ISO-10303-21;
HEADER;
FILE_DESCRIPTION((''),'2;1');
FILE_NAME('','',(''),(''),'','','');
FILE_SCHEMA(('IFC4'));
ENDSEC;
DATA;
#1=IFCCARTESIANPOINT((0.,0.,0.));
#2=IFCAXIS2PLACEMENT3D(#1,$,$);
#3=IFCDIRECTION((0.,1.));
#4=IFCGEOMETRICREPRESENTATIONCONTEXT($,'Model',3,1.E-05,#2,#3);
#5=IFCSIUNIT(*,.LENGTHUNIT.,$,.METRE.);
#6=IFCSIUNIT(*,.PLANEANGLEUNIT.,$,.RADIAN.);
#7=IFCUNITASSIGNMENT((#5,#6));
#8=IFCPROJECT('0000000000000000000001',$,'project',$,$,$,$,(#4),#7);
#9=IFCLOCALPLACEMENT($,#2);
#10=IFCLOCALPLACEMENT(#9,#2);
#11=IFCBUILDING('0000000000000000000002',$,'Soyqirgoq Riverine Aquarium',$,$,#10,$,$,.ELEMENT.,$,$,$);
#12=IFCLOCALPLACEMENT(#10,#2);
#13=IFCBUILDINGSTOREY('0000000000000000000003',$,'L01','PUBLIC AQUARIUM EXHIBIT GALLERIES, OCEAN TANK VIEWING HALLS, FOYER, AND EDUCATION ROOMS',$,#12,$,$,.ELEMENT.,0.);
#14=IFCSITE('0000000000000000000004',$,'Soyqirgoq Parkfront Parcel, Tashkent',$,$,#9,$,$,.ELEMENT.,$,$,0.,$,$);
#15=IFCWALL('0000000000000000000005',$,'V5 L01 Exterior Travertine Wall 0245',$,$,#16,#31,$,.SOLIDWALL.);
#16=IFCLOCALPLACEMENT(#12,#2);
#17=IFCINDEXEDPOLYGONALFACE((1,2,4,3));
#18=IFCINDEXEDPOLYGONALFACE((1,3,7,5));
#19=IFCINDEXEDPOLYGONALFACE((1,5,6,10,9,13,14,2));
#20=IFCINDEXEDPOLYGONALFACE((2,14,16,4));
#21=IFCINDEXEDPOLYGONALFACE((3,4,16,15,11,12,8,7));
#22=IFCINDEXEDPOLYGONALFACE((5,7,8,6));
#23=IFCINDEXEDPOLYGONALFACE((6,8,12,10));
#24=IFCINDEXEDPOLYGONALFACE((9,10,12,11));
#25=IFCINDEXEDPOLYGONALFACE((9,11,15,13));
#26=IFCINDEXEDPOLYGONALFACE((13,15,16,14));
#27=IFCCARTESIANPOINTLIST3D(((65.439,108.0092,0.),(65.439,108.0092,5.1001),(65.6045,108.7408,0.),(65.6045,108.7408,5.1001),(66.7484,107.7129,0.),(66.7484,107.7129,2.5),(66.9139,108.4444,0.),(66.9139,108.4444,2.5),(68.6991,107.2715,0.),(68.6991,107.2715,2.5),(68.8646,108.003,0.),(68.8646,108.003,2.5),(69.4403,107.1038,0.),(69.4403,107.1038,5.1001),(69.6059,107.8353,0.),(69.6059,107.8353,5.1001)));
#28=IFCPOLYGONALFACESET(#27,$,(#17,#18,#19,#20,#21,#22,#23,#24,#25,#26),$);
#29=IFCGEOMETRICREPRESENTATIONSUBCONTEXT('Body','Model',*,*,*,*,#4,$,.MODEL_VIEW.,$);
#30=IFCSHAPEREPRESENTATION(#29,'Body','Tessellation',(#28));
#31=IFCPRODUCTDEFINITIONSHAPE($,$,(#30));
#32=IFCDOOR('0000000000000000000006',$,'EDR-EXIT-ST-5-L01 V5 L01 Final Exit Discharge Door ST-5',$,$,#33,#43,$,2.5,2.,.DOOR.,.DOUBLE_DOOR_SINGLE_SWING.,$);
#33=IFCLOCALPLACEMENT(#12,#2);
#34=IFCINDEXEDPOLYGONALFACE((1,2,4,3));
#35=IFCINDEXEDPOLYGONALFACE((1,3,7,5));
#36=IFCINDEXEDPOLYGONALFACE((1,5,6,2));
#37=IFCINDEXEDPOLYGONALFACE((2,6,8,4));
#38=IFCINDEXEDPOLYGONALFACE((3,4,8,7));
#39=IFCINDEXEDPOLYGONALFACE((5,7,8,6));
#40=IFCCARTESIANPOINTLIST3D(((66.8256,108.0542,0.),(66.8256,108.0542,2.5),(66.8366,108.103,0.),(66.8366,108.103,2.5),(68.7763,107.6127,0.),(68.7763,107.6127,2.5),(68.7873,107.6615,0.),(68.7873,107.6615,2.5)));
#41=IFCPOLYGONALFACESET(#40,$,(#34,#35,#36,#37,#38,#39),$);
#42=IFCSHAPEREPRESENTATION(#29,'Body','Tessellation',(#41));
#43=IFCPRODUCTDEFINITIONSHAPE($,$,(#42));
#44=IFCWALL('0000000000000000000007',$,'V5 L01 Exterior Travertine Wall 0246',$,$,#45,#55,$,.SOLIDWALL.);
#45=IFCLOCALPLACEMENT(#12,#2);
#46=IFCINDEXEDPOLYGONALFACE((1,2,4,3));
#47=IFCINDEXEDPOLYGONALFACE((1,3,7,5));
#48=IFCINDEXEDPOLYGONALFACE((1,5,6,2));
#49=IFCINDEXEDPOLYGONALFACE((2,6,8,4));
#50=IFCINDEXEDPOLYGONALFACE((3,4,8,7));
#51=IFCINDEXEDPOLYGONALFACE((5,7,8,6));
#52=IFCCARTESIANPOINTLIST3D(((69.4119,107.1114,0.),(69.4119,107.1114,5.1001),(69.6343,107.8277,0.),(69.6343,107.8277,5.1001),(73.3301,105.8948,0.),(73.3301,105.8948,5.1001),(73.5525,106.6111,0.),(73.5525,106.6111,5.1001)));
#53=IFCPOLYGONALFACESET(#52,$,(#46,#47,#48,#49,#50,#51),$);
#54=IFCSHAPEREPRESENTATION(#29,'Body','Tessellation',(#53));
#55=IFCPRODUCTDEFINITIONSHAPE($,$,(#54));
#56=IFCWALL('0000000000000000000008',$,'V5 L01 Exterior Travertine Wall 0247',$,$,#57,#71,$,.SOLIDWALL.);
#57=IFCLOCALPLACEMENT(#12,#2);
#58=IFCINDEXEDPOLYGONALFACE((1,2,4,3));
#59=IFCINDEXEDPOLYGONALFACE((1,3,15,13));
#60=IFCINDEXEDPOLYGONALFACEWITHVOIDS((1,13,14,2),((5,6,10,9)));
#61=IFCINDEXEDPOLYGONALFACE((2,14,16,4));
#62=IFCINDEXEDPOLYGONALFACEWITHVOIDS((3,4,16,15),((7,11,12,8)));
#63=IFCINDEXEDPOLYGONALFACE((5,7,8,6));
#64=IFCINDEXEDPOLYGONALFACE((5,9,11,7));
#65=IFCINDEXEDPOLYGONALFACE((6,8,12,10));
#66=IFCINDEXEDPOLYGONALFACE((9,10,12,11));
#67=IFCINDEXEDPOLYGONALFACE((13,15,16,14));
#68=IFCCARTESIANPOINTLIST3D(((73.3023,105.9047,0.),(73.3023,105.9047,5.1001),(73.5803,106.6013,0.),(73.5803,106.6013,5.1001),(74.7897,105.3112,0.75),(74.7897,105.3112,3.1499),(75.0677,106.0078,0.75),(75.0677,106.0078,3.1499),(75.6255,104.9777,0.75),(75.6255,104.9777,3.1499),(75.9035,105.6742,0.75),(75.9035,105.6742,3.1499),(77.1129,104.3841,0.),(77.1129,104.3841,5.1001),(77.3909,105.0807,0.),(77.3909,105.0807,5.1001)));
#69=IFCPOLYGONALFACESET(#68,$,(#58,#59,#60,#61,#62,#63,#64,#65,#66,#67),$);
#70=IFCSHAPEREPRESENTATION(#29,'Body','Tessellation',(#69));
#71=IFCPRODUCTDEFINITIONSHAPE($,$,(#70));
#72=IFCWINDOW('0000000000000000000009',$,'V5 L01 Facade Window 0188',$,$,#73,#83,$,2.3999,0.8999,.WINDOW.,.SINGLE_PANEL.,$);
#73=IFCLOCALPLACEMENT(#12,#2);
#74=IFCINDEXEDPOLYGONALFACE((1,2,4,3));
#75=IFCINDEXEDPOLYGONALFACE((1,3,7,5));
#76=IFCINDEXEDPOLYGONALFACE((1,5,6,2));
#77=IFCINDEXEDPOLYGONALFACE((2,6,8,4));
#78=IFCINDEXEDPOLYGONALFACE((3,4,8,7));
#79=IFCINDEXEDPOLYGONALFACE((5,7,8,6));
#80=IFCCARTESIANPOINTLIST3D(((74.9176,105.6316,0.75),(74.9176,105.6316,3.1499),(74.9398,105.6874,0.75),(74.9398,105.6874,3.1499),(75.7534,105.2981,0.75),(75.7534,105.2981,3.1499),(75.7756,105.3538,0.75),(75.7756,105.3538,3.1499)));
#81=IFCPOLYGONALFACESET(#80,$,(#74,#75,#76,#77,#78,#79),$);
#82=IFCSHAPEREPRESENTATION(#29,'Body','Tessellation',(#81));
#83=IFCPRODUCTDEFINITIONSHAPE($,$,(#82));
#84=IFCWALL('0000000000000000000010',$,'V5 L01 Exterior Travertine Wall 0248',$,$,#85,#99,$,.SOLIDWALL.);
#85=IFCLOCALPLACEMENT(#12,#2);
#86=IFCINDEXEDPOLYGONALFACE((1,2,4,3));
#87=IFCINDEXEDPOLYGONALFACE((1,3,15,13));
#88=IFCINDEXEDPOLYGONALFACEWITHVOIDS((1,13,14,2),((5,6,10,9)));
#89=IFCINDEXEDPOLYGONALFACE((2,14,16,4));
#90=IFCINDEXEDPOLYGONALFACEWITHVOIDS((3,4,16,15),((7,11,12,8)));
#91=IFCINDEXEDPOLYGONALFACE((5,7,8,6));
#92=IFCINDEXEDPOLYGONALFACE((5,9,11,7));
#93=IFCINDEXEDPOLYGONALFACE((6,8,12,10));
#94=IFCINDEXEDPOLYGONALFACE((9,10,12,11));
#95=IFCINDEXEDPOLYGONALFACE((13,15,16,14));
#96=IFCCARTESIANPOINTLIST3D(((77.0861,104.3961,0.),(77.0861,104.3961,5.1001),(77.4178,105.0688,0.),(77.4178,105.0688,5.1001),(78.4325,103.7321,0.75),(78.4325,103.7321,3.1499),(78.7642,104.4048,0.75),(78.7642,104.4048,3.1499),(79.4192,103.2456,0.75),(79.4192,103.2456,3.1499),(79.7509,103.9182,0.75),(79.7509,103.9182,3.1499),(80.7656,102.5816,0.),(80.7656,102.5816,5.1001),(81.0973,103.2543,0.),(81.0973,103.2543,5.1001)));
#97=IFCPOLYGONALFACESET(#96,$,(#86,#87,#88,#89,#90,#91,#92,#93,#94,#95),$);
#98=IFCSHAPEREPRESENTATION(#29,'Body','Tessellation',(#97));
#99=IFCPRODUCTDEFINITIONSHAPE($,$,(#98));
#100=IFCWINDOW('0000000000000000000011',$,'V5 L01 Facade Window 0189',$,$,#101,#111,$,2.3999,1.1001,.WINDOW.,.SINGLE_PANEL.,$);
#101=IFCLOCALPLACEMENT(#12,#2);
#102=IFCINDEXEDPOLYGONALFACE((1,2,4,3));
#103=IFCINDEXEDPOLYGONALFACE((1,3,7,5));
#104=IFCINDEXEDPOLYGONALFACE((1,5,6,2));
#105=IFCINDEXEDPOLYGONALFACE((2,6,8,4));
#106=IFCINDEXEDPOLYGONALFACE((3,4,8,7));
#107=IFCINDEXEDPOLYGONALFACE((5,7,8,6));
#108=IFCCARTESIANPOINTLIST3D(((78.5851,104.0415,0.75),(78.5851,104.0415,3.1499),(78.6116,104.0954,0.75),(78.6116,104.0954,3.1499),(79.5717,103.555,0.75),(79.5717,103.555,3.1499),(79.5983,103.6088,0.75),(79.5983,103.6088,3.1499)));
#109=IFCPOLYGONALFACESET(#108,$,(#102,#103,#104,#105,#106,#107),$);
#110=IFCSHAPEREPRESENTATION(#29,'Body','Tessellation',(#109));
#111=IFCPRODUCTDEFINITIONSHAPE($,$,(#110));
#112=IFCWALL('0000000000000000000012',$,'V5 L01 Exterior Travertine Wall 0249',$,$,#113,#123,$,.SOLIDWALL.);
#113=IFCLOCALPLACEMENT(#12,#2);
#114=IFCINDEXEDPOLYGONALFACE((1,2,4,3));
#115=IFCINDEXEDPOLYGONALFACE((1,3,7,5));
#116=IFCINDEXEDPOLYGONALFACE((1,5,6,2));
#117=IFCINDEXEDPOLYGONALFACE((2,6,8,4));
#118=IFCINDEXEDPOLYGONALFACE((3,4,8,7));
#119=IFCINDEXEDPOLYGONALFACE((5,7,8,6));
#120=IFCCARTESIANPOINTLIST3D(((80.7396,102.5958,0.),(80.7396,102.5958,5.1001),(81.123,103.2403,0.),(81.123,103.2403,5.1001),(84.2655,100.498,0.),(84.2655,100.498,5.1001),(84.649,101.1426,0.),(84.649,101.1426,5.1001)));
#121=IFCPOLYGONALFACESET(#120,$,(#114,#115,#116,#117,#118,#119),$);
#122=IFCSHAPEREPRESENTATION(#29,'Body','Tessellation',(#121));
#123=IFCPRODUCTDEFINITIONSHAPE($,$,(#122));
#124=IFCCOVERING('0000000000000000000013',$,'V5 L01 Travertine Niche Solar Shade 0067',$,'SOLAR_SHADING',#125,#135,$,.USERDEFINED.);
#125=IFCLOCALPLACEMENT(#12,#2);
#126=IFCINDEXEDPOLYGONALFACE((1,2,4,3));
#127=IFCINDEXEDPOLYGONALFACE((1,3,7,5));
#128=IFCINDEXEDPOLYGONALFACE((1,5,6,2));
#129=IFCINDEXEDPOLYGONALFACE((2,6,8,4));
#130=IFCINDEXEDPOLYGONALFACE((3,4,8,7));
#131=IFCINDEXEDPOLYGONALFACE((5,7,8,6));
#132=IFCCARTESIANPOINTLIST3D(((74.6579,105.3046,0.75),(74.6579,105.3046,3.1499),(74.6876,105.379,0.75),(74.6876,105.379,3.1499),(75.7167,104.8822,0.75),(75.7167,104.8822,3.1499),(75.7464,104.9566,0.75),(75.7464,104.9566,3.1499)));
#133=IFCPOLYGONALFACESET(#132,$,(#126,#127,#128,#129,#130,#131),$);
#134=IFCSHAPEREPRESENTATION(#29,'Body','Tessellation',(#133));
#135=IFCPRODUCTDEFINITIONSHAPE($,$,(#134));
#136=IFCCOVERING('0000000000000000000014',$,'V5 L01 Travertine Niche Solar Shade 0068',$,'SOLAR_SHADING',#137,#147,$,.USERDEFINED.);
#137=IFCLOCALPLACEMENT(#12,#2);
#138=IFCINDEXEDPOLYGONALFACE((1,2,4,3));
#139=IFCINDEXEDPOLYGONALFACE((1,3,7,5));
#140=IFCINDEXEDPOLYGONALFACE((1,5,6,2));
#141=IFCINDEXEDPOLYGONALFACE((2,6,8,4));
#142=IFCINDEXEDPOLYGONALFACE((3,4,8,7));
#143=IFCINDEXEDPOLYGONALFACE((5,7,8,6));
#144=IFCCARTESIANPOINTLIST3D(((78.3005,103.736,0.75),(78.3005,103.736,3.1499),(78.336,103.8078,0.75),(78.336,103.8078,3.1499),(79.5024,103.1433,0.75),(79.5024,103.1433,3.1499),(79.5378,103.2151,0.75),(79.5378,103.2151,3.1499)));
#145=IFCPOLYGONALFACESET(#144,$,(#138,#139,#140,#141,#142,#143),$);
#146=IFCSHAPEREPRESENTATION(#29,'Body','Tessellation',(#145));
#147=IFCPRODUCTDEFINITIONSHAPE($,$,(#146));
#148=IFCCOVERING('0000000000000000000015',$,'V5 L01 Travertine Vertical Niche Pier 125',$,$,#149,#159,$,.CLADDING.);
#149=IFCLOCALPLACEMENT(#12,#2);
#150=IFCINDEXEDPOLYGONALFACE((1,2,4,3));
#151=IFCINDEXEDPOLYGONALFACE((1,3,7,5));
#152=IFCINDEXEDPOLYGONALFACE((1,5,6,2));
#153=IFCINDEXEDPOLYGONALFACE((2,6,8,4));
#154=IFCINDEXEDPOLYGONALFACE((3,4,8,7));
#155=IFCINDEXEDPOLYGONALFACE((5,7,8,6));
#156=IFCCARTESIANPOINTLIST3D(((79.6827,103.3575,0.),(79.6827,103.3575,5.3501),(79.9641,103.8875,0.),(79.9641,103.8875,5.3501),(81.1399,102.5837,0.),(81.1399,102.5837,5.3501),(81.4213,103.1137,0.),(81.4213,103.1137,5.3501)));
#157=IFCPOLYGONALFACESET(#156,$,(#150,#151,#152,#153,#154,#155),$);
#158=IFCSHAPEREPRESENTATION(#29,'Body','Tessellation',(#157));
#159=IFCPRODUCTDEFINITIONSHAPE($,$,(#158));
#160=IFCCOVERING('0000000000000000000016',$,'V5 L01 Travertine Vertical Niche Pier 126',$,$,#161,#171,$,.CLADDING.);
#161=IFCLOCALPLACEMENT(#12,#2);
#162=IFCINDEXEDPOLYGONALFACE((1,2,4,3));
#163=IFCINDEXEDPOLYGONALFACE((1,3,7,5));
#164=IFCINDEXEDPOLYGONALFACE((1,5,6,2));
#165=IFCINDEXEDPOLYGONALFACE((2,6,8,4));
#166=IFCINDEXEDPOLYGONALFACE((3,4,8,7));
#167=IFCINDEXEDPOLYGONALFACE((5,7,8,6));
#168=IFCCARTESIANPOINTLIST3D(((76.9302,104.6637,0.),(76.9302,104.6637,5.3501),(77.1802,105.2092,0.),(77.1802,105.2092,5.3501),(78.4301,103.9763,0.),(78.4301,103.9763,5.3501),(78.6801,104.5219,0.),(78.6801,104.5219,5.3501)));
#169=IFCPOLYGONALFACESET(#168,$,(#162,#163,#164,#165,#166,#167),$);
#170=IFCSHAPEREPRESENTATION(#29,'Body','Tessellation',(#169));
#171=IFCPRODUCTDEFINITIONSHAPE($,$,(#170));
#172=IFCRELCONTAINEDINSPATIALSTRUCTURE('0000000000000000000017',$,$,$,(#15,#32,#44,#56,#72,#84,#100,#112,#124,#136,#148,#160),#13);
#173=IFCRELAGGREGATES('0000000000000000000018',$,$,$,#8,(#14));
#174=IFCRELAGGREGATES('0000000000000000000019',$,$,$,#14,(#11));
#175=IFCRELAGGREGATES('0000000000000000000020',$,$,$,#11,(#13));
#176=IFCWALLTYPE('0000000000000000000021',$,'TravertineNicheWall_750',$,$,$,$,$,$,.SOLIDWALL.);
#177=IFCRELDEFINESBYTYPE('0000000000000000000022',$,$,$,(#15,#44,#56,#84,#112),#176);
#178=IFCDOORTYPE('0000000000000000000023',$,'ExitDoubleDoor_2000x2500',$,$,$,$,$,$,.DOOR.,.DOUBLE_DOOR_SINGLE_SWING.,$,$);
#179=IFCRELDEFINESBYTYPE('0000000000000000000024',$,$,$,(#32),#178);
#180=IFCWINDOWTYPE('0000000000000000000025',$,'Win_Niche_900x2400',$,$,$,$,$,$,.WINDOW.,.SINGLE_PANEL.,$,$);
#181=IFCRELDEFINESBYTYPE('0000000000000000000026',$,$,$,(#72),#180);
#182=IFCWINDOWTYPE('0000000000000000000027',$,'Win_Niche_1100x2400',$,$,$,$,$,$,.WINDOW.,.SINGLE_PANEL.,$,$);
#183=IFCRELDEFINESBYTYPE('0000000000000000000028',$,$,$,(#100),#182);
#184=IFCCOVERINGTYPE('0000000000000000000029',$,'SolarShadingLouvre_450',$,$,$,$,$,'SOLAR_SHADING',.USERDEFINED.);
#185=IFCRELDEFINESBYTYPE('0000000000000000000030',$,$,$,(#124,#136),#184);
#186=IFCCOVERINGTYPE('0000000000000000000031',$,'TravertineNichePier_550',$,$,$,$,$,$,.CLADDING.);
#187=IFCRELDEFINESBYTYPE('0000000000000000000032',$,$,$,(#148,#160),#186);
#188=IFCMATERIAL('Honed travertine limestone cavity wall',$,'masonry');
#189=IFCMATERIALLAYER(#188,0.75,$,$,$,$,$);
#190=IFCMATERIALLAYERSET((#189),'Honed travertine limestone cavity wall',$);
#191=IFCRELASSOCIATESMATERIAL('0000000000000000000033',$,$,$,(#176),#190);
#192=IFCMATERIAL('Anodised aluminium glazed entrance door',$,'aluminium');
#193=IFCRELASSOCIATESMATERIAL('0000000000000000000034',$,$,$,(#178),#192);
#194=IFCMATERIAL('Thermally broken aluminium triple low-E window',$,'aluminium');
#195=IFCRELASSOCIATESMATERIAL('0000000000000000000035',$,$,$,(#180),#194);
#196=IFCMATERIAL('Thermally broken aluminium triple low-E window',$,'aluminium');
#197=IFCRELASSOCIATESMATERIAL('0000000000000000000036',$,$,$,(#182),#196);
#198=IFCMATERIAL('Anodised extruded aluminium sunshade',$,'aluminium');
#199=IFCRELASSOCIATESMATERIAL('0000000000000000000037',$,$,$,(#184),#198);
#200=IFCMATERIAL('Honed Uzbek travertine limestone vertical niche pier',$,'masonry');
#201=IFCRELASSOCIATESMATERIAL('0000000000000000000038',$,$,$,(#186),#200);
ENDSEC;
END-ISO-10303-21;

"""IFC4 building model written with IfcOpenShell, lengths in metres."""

from ifc_helpers import new_model, si_unit, direction, frame, frame_2d, origin, origin_2d, place, context, subcontext, project, spatial, rectangle, extrude, material, layer, layer_set, type_object, element, fill, save


model = new_model("IFC4")

# Units and contexts
model_context = context("Model", 3, precision=1e-05, world=origin(), true_north=direction((0.0, 1.0)))
body_context = subcontext(model_context, "Body", "Model", "MODEL_VIEW")
ifc_project = project(units=[si_unit("LENGTHUNIT", "METRE"), si_unit("PLANEANGLEUNIT", "RADIAN")], contexts=[model_context])

# Site, building, storey
site_placement = place(None, origin())
site = spatial("IfcSite", under=ifc_project, at=site_placement, Name="Soyqirgoq Parkfront Parcel, Tashkent", CompositionType="ELEMENT", RefElevation=0.0)
building_placement = place(site_placement, origin())
building = spatial("IfcBuilding", under=site, at=building_placement, Name="Soyqirgoq Riverine Aquarium", CompositionType="ELEMENT")
storey_placement = place(building_placement, origin())
storey = spatial("IfcBuildingStorey", under=building, at=storey_placement, Name="L01", Description="PUBLIC AQUARIUM EXHIBIT GALLERIES, OCEAN TANK VIEWING HALLS, FOYER, AND EDUCATION ROOMS", CompositionType="ELEMENT", Elevation=0.0)

# Wall, opening, door
ifc_material_1 = material(Name="Honed travertine limestone cavity wall", Category="masonry")
ifc_layer = layer(ifc_material_1, 0.75)
ifc_layer_set = layer_set([ifc_layer], Name="Honed travertine limestone cavity wall")
wall_type = type_object("IfcWallType", Name="TravertineNicheWall_750", PredefinedType="SOLIDWALL", material=ifc_layer_set)
wall_1_placement = place(storey_placement, frame((65.5217, 108.375, 0.0), z_axis=(0.0, 0.0, 1.0), x_axis=(0.975338, -0.220716, 0.0)))
wall_1 = element("IfcWall", 1, at=wall_1_placement, inside=storey, type_object=wall_type, Name="V5 L01 Exterior Travertine Wall 0245", PredefinedType="SOLIDWALL", context=body_context, shape_type="SweptSolid", body=[
    extrude(rectangle(XDim=4.1025, YDim=0.75, at=frame_2d((2.0513, 0.0))), origin(), (0.0, 0.0, 1.0), 5.1001),
])
opening_1_placement = place(wall_1_placement, frame((1.3425, 0.0, 0.0)))
opening_1 = element("IfcOpeningElement", 2, at=opening_1_placement, cuts=wall_1, PredefinedType="OPENING", context=body_context, shape_type="SweptSolid", body=[
    extrude(rectangle(XDim=2.0, YDim=2.5, at=frame_2d((1.0, 1.25))), frame((0.0, 0.385, 0.0), z_axis=(0.0, -1.0, 0.0), x_axis=(1.0, 0.0, 0.0)), (0.0, 0.0, 1.0), 0.77),
])
ifc_material_2 = material(Name="Anodised aluminium glazed entrance door", Category="aluminium")
door_type = type_object("IfcDoorType", Name="ExitDoubleDoor_2000x2500", OperationType="DOUBLE_DOOR_SINGLE_SWING", PredefinedType="DOOR", material=ifc_material_2)
door_placement = place(opening_1_placement, origin())
door = element("IfcDoor", 3, at=door_placement, inside=storey, type_object=door_type, Name="EDR-EXIT-ST-5-L01 V5 L01 Final Exit Discharge Door ST-5", OperationType="DOUBLE_DOOR_SINGLE_SWING", OverallHeight=2.5, OverallWidth=2.0, PredefinedType="DOOR", context=body_context, shape_type="SweptSolid", body=[
    extrude(rectangle(XDim=2.0, YDim=2.5, at=frame_2d((1.0, 1.25))), frame((0.0, 0.0249, 0.0), z_axis=(0.0, -1.0, 0.0), x_axis=(1.0, 0.0, 0.0)), (0.0, 0.0, 1.0), 0.05),
])
fill(opening_1, door)

# Wall
wall_2_placement = place(storey_placement, frame((69.5232, 107.4695, 0.0), z_axis=(0.0, 0.0, 1.0), x_axis=(0.955026, -0.296523, 0.0)))
element("IfcWall", 4, at=wall_2_placement, inside=storey, type_object=wall_type, Name="V5 L01 Exterior Travertine Wall 0246", PredefinedType="SOLIDWALL", context=body_context, shape_type="SweptSolid", body=[
    extrude(rectangle(XDim=4.1028, YDim=0.75, at=frame_2d((2.0513, 0.0))), origin(), (0.0, 0.0, 1.0), 5.1001),
])

# Walls, openings, windows
wall_3_placement = place(storey_placement, frame((73.4414, 106.2529, 0.0), z_axis=(0.0, 0.0, 1.0), x_axis=(0.928788, -0.370611, 0.0)))
wall_3 = element("IfcWall", 5, at=wall_3_placement, inside=storey, type_object=wall_type, Name="V5 L01 Exterior Travertine Wall 0247", PredefinedType="SOLIDWALL", context=body_context, shape_type="SweptSolid", body=[
    extrude(rectangle(XDim=4.1028, YDim=0.75, at=frame_2d((2.0513, 0.0))), origin(), (0.0, 0.0, 1.0), 5.1001),
])
opening_2_placement = place(wall_3_placement, frame((1.6013, 0.0, 0.75)))
opening_2 = element("IfcOpeningElement", 6, at=opening_2_placement, cuts=wall_3, PredefinedType="OPENING", context=body_context, shape_type="SweptSolid", body=[
    extrude(rectangle(XDim=0.8999, YDim=2.3999, at=frame_2d((0.45, 1.2))), frame((0.0, 0.385, 0.0), z_axis=(0.0, -1.0, 0.0), x_axis=(1.0, 0.0, 0.0)), (0.0, 0.0, 1.0), 0.77),
])
ifc_material_3 = material(Name="Thermally broken aluminium triple low-E window", Category="aluminium")
window_type_1 = type_object("IfcWindowType", Name="Win_Niche_900x2400", PartitioningType="SINGLE_PANEL", PredefinedType="WINDOW", material=ifc_material_3)
window_1_placement = place(opening_2_placement, origin())
window_1 = element("IfcWindow", 7, at=window_1_placement, inside=storey, type_object=window_type_1, Name="V5 L01 Facade Window 0188", OverallHeight=2.3999, OverallWidth=0.8999, PartitioningType="SINGLE_PANEL", PredefinedType="WINDOW", context=body_context, shape_type="SweptSolid", body=[
    extrude(rectangle(XDim=0.8999, YDim=2.3999, at=frame_2d((0.45, 1.2))), frame((0.0, 0.03, 0.0), z_axis=(0.0, -1.0, 0.0), x_axis=(1.0, 0.0, 0.0)), (0.0, 0.0, 1.0), 0.0601),
])
fill(opening_2, window_1)
wall_4_placement = place(storey_placement, frame((77.252, 104.7324, 0.0), z_axis=(0.0, 0.0, 1.0), x_axis=(0.896877, -0.442279, 0.0)))
wall_4 = element("IfcWall", 8, at=wall_4_placement, inside=storey, type_object=wall_type, Name="V5 L01 Exterior Travertine Wall 0248", PredefinedType="SOLIDWALL", context=body_context, shape_type="SweptSolid", body=[
    extrude(rectangle(XDim=4.1025, YDim=0.75, at=frame_2d((2.0513, 0.0))), origin(), (0.0, 0.0, 1.0), 5.1001),
])
opening_3_placement = place(wall_4_placement, frame((1.5012, 0.0, 0.75)))
opening_3 = element("IfcOpeningElement", 9, at=opening_3_placement, cuts=wall_4, PredefinedType="OPENING", context=body_context, shape_type="SweptSolid", body=[
    extrude(rectangle(XDim=1.1001, YDim=2.3999, at=frame_2d((0.55, 1.2))), frame((0.0, 0.385, 0.0), z_axis=(0.0, -1.0, 0.0), x_axis=(1.0, 0.0, 0.0)), (0.0, 0.0, 1.0), 0.77),
])
ifc_material_4 = material(Name="Thermally broken aluminium triple low-E window", Category="aluminium")
window_type_2 = type_object("IfcWindowType", Name="Win_Niche_1100x2400", PartitioningType="SINGLE_PANEL", PredefinedType="WINDOW", material=ifc_material_4)
window_2_placement = place(opening_3_placement, origin())
window_2 = element("IfcWindow", 10, at=window_2_placement, inside=storey, type_object=window_type_2, Name="V5 L01 Facade Window 0189", OverallHeight=2.3999, OverallWidth=1.1001, PartitioningType="SINGLE_PANEL", PredefinedType="WINDOW", context=body_context, shape_type="SweptSolid", body=[
    extrude(rectangle(XDim=1.1001, YDim=2.3999, at=frame_2d((0.55, 1.2))), frame((0.0, 0.03, 0.0), z_axis=(0.0, -1.0, 0.0), x_axis=(1.0, 0.0, 0.0)), (0.0, 0.0, 1.0), 0.0601),
])
fill(opening_3, window_2)

# Wall
wall_5_placement = place(storey_placement, frame((80.9314, 102.918, 0.0), z_axis=(0.0, 0.0, 1.0), x_axis=(0.859409, -0.511289, 0.0)))
element("IfcWall", 11, at=wall_5_placement, inside=storey, type_object=wall_type, Name="V5 L01 Exterior Travertine Wall 0249", PredefinedType="SOLIDWALL", context=body_context, shape_type="SweptSolid", body=[
    extrude(rectangle(XDim=4.1028, YDim=0.75, at=frame_2d((2.0513, 0.0))), origin(), (0.0, 0.0, 1.0), 5.1001),
])

# Coverings
ifc_material_5 = material(Name="Anodised extruded aluminium sunshade", Category="aluminium")
covering_type_1 = type_object("IfcCoveringType", Name="SolarShadingLouvre_450", ElementType="SOLAR_SHADING", PredefinedType="USERDEFINED", material=ifc_material_5)
covering_1_placement = place(storey_placement, frame((75.2021, 105.1306, 0.75), z_axis=(0.0, 0.0, 1.0), x_axis=(0.92881, -0.370557, 0.0)))
element("IfcCovering", 12, at=covering_1_placement, inside=storey, type_object=covering_type_1, Name="V5 L01 Travertine Niche Solar Shade 0067", ObjectType="SOLAR_SHADING", PredefinedType="USERDEFINED", context=body_context, shape_type="SweptSolid", body=[
    extrude(rectangle(XDim=1.1399, YDim=0.0801, at=origin_2d()), origin(), (0.0, 0.0, 1.0), 2.3999),
])
covering_2_placement = place(storey_placement, frame((78.9192, 103.4756, 0.75), z_axis=(0.0, 0.0, 1.0), x_axis=(0.896873, -0.442289, 0.0)))
element("IfcCovering", 13, at=covering_2_placement, inside=storey, type_object=covering_type_1, Name="V5 L01 Travertine Niche Solar Shade 0068", ObjectType="SOLAR_SHADING", PredefinedType="USERDEFINED", context=body_context, shape_type="SweptSolid", body=[
    extrude(rectangle(XDim=1.3401, YDim=0.0801, at=origin_2d()), origin(), (0.0, 0.0, 1.0), 2.3999),
])
ifc_material_6 = material(Name="Honed Uzbek travertine limestone vertical niche pier", Category="masonry")
covering_type_2 = type_object("IfcCoveringType", Name="TravertineNichePier_550", PredefinedType="CLADDING", material=ifc_material_6)
for number, where, z_axis, x_axis, name in (
    (14, (80.552, 103.2356, 0.0), (0.0, 0.0, 1.0), (0.469009, 0.883193, 0.0), "V5 L01 Travertine Vertical Niche Pier 125"),
    (15, (77.8052, 104.5928, 0.0), (0.0, 0.0, 1.0), (0.416598, 0.909091, 0.0), "V5 L01 Travertine Vertical Niche Pier 126"),
):
    element("IfcCovering", number, at=place(storey_placement, frame(where, z_axis=z_axis, x_axis=x_axis)), inside=storey, type_object=covering_type_2, Name=name, PredefinedType="CLADDING", context=body_context, shape_type="SweptSolid", body=[
        extrude(rectangle(XDim=0.6001, YDim=1.6499, at=origin_2d()), origin(), (0.0, 0.0, 1.0), 5.3501),
    ])

save(model, "model.ifc")
